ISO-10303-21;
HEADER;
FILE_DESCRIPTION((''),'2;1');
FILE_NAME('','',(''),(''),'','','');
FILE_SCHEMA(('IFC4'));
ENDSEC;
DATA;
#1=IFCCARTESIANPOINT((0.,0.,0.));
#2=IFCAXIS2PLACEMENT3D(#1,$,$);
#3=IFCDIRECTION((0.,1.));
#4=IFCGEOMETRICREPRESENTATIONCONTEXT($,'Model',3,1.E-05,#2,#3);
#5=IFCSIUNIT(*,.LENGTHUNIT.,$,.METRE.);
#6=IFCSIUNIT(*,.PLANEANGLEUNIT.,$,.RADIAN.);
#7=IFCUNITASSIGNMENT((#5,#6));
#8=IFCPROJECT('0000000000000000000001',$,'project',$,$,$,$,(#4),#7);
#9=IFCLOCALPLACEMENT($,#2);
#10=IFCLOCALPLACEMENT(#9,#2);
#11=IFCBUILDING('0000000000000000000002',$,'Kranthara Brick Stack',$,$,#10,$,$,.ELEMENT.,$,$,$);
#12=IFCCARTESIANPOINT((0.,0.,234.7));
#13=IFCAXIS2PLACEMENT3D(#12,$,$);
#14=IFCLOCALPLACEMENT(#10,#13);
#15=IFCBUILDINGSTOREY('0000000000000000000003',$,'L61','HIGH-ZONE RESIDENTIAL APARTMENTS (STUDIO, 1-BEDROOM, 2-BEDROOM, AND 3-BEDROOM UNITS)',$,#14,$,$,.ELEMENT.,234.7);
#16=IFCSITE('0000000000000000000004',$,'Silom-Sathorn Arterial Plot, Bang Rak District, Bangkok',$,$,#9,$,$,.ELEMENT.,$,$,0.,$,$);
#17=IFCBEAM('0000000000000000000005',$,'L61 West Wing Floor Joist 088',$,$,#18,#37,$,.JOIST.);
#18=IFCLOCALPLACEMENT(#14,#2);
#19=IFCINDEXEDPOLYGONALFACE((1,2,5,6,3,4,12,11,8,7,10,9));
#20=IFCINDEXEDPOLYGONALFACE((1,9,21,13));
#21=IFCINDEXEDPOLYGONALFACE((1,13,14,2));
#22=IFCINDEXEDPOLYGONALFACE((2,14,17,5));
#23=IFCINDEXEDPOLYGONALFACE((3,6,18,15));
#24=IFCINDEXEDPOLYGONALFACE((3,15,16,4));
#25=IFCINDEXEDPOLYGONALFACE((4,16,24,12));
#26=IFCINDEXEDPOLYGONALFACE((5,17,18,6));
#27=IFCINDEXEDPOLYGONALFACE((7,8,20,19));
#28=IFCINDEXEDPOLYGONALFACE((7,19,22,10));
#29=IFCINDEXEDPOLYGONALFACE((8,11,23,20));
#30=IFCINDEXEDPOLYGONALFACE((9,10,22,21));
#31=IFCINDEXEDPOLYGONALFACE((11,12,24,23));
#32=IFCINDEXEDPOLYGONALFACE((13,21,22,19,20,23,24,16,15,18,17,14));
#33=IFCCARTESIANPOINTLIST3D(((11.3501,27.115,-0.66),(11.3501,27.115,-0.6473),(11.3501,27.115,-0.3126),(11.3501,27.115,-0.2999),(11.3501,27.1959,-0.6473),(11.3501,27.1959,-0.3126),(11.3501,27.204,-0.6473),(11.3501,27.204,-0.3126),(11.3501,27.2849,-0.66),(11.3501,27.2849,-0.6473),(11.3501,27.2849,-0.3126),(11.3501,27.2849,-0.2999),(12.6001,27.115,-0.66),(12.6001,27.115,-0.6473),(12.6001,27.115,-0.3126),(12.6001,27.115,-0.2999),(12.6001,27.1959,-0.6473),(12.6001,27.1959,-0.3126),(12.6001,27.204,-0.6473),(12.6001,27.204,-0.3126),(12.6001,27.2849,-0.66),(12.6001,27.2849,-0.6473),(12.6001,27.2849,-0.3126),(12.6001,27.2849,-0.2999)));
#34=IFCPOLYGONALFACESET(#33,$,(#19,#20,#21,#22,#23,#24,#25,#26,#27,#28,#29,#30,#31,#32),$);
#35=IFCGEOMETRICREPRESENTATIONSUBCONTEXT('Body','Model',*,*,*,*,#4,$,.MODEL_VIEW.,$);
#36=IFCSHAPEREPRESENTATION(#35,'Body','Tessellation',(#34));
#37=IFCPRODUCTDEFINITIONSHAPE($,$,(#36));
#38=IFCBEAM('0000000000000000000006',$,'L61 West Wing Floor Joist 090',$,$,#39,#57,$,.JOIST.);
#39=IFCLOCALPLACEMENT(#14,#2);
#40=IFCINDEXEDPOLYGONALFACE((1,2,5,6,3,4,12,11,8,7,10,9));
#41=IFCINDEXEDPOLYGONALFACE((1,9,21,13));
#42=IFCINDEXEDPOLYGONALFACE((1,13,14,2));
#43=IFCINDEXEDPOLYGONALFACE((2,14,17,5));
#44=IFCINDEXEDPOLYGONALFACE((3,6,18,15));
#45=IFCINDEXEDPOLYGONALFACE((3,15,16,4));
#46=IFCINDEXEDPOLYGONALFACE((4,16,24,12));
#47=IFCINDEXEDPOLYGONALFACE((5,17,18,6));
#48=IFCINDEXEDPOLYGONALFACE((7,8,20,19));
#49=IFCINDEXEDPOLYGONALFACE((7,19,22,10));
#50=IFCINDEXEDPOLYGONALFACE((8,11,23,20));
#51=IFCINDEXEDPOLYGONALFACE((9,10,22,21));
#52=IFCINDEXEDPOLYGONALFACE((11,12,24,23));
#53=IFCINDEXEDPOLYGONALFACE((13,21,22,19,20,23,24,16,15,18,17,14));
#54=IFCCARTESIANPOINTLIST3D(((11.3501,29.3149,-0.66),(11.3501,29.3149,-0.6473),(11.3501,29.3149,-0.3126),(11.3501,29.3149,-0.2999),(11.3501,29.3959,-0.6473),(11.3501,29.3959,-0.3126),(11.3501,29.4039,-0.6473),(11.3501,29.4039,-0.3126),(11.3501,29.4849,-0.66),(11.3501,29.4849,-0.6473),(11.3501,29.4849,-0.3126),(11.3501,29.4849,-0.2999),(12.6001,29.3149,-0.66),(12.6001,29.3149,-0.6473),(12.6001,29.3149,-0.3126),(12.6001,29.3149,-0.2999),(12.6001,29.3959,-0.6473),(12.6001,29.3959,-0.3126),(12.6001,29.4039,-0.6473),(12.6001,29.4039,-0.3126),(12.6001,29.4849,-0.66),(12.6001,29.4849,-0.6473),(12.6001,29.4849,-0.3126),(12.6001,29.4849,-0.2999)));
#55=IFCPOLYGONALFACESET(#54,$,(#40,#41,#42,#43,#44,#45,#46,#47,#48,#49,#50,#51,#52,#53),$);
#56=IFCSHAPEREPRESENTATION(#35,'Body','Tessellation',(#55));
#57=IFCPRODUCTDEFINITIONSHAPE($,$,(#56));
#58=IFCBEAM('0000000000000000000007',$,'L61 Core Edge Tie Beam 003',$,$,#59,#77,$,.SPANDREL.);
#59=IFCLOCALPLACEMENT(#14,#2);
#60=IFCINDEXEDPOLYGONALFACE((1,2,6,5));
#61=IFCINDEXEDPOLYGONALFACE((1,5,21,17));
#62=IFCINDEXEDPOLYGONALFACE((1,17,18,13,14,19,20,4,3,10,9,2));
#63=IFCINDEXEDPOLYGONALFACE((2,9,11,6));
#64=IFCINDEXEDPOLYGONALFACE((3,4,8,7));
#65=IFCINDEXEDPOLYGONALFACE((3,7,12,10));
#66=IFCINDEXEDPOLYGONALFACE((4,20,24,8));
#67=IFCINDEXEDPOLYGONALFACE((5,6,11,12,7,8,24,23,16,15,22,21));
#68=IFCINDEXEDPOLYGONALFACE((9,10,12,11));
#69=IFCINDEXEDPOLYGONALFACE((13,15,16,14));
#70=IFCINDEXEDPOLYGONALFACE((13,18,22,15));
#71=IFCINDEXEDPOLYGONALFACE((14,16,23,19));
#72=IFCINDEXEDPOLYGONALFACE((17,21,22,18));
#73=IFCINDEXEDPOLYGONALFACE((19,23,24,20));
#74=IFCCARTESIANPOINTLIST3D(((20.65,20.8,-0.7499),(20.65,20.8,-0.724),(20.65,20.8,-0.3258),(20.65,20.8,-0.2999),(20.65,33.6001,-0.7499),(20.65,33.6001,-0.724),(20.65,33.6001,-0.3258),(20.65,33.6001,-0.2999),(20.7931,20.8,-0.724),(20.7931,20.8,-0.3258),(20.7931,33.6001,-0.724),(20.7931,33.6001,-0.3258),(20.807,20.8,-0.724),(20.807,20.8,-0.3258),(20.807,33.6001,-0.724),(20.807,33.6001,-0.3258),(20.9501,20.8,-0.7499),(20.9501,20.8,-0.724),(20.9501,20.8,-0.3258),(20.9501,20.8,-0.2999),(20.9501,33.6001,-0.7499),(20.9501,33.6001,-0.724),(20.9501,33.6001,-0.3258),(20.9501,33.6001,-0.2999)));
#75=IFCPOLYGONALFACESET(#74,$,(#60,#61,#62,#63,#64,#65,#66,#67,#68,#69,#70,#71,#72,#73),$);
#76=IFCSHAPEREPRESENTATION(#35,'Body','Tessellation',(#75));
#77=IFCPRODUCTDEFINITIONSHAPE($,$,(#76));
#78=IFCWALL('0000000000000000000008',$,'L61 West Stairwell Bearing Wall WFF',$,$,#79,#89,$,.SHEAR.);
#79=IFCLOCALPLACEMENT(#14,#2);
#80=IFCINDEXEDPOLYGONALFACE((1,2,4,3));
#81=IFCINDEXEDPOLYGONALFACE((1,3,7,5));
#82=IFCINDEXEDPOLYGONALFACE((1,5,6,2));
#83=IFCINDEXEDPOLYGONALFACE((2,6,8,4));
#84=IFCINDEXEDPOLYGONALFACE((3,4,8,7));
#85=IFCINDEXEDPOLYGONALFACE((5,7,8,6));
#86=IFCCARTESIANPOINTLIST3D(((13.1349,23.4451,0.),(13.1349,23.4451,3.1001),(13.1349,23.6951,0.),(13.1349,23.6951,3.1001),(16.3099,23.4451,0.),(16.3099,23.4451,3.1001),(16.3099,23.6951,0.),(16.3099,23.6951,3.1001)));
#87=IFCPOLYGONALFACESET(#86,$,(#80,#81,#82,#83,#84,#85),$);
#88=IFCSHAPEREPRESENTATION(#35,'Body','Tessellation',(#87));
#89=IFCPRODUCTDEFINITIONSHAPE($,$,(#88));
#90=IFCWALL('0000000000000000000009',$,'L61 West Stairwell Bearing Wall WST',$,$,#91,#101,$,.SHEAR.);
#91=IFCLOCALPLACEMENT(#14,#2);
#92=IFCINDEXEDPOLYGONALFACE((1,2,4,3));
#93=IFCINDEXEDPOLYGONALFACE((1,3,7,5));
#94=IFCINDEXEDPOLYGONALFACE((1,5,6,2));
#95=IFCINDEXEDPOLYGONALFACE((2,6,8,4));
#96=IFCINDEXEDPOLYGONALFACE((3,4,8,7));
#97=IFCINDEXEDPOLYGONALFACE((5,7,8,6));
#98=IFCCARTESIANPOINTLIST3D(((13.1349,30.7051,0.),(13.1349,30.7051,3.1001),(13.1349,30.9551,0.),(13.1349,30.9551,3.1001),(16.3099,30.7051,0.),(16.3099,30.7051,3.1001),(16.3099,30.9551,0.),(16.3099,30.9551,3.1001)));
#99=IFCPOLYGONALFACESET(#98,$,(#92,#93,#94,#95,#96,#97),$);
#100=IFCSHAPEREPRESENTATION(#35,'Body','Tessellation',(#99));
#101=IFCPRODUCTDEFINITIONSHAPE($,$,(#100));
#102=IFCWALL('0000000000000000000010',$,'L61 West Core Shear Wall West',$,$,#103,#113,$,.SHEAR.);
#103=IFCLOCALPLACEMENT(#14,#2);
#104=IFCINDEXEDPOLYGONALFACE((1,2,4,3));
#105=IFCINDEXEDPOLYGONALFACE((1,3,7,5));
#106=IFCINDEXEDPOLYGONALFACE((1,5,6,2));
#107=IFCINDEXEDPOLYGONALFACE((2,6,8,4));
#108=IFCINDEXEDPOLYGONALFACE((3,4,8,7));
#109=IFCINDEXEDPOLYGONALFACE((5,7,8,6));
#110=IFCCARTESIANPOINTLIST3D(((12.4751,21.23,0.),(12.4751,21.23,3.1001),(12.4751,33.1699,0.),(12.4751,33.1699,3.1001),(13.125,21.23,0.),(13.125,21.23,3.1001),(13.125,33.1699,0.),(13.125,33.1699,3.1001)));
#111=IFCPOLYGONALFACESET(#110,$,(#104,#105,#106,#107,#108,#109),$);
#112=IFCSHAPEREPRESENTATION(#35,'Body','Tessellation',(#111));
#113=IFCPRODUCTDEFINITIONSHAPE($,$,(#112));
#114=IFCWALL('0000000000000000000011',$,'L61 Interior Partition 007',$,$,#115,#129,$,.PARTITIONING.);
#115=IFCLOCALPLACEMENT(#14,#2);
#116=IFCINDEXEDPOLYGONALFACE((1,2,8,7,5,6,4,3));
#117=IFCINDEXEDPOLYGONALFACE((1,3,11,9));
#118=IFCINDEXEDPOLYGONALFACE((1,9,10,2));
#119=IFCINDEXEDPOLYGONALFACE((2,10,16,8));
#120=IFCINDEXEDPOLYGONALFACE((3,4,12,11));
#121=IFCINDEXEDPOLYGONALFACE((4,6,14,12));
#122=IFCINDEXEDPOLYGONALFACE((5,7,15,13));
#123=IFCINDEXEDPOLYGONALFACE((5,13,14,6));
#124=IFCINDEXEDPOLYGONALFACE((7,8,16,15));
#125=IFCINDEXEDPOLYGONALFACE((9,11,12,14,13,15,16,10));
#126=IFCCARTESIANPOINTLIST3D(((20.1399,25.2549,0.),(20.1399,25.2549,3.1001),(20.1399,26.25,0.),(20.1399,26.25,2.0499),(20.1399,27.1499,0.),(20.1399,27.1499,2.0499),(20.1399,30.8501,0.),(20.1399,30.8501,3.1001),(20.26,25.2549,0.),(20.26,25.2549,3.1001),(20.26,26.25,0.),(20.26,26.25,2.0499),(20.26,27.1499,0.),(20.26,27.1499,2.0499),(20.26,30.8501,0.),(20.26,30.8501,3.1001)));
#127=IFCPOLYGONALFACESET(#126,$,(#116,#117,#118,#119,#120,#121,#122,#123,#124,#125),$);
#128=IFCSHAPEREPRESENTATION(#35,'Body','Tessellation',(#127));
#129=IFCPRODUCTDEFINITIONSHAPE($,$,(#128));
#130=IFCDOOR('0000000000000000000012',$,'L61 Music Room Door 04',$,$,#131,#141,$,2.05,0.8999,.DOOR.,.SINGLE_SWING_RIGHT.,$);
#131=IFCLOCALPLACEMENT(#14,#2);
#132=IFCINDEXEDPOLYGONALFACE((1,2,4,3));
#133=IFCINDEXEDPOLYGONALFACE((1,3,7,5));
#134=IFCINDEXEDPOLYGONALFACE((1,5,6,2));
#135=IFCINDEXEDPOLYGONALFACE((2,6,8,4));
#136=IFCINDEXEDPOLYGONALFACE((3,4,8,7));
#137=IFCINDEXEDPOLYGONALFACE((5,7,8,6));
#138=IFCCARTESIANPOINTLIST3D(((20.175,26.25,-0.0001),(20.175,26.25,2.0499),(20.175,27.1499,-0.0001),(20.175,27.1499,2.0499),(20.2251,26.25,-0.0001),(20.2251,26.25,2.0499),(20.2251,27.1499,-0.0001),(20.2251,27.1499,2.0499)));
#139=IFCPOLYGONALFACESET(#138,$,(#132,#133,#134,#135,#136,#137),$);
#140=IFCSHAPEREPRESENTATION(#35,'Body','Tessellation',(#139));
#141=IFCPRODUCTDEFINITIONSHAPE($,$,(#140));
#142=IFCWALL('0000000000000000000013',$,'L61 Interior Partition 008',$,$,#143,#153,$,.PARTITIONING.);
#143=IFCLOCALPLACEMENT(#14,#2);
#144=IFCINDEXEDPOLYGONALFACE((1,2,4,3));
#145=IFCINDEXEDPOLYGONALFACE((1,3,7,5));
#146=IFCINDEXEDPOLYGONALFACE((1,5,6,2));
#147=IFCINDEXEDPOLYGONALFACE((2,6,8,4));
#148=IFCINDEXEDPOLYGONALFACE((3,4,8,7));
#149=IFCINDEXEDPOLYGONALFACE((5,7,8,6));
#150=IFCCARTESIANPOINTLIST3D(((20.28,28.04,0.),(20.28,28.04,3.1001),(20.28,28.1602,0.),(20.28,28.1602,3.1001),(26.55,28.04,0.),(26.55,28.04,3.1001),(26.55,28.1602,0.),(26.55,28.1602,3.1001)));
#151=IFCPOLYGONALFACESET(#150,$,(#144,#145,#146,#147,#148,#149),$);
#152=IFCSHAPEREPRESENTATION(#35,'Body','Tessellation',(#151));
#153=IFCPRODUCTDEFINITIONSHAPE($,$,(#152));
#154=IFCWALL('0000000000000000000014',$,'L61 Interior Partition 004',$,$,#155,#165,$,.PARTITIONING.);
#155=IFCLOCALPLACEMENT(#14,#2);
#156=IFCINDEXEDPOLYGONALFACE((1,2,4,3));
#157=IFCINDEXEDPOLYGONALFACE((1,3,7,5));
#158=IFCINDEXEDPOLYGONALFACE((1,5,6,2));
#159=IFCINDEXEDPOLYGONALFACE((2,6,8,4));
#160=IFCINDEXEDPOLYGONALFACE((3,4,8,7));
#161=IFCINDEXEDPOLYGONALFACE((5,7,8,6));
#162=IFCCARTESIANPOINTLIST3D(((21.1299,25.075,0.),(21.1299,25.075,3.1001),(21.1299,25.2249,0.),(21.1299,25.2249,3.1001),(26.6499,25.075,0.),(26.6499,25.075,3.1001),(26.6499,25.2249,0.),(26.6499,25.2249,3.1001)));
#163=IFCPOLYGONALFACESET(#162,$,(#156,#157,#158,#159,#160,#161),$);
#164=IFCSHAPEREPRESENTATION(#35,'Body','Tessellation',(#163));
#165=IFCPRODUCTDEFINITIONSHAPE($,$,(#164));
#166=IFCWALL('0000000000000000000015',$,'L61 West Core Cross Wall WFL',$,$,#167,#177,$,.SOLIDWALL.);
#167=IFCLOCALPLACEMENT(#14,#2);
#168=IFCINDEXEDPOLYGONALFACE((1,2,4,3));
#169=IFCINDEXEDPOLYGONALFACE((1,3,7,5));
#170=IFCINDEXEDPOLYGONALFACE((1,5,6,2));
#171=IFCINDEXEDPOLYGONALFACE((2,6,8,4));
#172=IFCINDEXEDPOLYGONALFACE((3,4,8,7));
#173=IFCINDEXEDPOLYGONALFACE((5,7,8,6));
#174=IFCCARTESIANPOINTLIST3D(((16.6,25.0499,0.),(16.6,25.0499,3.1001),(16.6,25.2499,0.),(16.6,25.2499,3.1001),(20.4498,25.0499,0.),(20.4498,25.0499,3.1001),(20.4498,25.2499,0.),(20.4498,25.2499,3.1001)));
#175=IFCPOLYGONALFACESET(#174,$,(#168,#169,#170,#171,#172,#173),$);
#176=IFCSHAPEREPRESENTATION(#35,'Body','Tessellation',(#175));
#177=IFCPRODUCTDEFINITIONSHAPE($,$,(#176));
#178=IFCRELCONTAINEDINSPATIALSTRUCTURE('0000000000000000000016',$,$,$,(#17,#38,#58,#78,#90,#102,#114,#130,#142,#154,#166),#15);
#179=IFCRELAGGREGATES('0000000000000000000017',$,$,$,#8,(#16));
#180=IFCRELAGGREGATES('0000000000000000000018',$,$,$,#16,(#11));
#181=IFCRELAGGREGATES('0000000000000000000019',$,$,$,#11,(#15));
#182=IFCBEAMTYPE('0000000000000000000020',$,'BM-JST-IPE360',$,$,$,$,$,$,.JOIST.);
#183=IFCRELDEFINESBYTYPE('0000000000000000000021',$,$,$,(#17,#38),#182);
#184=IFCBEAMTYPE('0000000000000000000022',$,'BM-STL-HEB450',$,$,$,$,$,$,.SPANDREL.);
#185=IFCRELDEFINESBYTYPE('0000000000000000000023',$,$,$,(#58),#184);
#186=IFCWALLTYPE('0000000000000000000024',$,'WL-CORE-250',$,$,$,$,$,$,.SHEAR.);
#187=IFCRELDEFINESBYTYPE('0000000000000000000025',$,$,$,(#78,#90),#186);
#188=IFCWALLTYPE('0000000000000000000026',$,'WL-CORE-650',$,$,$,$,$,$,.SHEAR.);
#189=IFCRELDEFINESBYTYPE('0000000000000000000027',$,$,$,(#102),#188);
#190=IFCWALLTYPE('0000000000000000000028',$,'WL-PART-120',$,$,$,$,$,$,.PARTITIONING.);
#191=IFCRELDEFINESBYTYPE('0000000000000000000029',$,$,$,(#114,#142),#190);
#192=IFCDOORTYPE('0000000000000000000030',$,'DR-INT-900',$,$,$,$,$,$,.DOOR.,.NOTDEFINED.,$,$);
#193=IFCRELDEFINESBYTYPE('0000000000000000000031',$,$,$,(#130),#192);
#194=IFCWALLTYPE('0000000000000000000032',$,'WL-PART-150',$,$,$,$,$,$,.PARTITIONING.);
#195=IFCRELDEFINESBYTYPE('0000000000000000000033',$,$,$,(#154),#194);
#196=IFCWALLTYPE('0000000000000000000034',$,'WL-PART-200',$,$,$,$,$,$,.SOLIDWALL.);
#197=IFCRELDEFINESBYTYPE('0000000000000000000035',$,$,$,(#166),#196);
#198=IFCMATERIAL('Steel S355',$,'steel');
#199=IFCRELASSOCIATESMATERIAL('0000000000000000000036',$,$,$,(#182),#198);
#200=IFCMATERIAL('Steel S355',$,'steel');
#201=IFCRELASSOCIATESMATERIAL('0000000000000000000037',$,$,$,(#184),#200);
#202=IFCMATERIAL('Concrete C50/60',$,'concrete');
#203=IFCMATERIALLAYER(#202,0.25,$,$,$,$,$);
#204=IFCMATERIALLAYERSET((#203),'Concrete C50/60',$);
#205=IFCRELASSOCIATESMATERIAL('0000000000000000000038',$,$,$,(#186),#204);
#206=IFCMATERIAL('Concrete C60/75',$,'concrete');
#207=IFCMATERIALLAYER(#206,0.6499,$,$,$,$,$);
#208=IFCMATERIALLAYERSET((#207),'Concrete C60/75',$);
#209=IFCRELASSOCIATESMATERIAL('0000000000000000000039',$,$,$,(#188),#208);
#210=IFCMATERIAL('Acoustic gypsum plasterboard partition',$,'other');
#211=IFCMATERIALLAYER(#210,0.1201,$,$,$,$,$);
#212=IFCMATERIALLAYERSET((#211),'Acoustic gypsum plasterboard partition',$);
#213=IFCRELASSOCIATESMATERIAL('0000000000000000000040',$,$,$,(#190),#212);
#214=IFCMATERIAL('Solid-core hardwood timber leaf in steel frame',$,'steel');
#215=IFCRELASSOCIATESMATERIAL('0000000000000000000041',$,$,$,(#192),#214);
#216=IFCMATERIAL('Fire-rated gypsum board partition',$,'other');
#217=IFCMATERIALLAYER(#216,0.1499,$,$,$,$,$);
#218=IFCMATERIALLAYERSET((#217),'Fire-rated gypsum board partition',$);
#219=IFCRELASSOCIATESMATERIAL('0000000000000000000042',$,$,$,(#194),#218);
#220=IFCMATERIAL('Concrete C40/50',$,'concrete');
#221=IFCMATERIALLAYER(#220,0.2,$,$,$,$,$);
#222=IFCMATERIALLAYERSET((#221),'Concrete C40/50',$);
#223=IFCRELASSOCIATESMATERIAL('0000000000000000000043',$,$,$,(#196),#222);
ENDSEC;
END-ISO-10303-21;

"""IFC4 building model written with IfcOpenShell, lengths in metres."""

from ifc_helpers import new_model, si_unit, direction, frame, frame_2d, origin, origin_2d, place, context, subcontext, project, spatial, rectangle, i_section, extrude, material, layer, layer_set, material_profile, profile_set, type_object, element, fill, save


model = new_model("IFC4")

# Units and contexts
model_context = context("Model", 3, precision=1e-05, world=origin(), true_north=direction((0.0, 1.0)))
body_context = subcontext(model_context, "Body", "Model", "MODEL_VIEW")
ifc_project = project(units=[si_unit("LENGTHUNIT", "METRE"), si_unit("PLANEANGLEUNIT", "RADIAN")], contexts=[model_context])

# Site, building, storey
site_placement = place(None, origin())
site = spatial("IfcSite", under=ifc_project, at=site_placement, Name="Silom-Sathorn Arterial Plot, Bang Rak District, Bangkok", CompositionType="ELEMENT", RefElevation=0.0)
building_placement = place(site_placement, origin())
building = spatial("IfcBuilding", under=site, at=building_placement, Name="Kranthara Brick Stack", CompositionType="ELEMENT")
storey_placement = place(building_placement, frame((0.0, 0.0, 234.7)))
storey = spatial("IfcBuildingStorey", under=building, at=storey_placement, Name="L61", Description="HIGH-ZONE RESIDENTIAL APARTMENTS (STUDIO, 1-BEDROOM, 2-BEDROOM, AND 3-BEDROOM UNITS)", CompositionType="ELEMENT", Elevation=234.7)

# Beams
ifc_material_1 = material(Name="Steel S355", Category="steel")
ifc_material_profile_1 = material_profile(ifc_material_1, i_section(OverallWidth=0.1699, OverallDepth=0.3601, WebThickness=0.0081, FlangeThickness=0.0127, at=origin_2d()), Name="IPE 360")
ifc_profile_set_1 = profile_set([ifc_material_profile_1], Name="Steel S355")
beam_type_1 = type_object("IfcBeamType", Name="BM-JST-IPE360", PredefinedType="JOIST", material=ifc_profile_set_1)
for number, where, z_axis, x_axis, name in (
    (1, (11.3501, 27.2, -0.48), (1.0, 0.0, 0.0), (0.0, 1.0, 0.0), "L61 West Wing Floor Joist 088"),
    (2, (11.3501, 29.3999, -0.48), (1.0, 0.0, 0.0), (0.0, 1.0, 0.0), "L61 West Wing Floor Joist 090"),
):
    element("IfcBeam", number, at=place(storey_placement, frame(where, z_axis=z_axis, x_axis=x_axis)), inside=storey, type_object=beam_type_1, Name=name, PredefinedType="JOIST", context=body_context, shape_type="SweptSolid", body=[
        extrude(i_section(OverallWidth=0.1699, OverallDepth=0.3601, WebThickness=0.0081, FlangeThickness=0.0127, at=origin_2d()), origin(), (0.0, 0.0, 1.0), 1.25),
    ])
ifc_material_2 = material(Name="Steel S355", Category="steel")
ifc_material_profile_2 = material_profile(ifc_material_2, i_section(OverallWidth=0.3, OverallDepth=0.45, WebThickness=0.0139, FlangeThickness=0.0259, at=origin_2d()), Name="HEB 450")
ifc_profile_set_2 = profile_set([ifc_material_profile_2], Name="Steel S355")
beam_type_2 = type_object("IfcBeamType", Name="BM-STL-HEB450", PredefinedType="SPANDREL", material=ifc_profile_set_2)
beam_1_placement = place(storey_placement, frame((20.8, 20.8, -0.5249), z_axis=(0.0, 1.0, 0.0), x_axis=(-1.0, 0.0, 0.0)))
element("IfcBeam", 3, at=beam_1_placement, inside=storey, type_object=beam_type_2, Name="L61 Core Edge Tie Beam 003", PredefinedType="SPANDREL", context=body_context, shape_type="SweptSolid", body=[
    extrude(i_section(OverallWidth=0.3, OverallDepth=0.45, WebThickness=0.0139, FlangeThickness=0.0259, at=origin_2d()), origin(), (0.0, 0.0, 1.0), 12.8),
])

# Shared definitions
ifc_material_3 = material(Name="Concrete C50/60", Category="concrete")
ifc_layer_1 = layer(ifc_material_3, 0.25)
ifc_layer_set_1 = layer_set([ifc_layer_1], Name="Concrete C50/60")
wall_type_1 = type_object("IfcWallType", Name="WL-CORE-250", PredefinedType="SHEAR", material=ifc_layer_set_1)

# Walls
for number, where, z_axis, x_axis, name in (
    (4, (13.135, 23.5701, 0.0), (0.0, 0.0, 1.0), (1.0, 0.0, 0.0), "L61 West Stairwell Bearing Wall WFF"),
    (5, (13.135, 30.8301, 0.0), (0.0, 0.0, 1.0), (1.0, 0.0, 0.0), "L61 West Stairwell Bearing Wall WST"),
):
    element("IfcWall", number, at=place(storey_placement, frame(where, z_axis=z_axis, x_axis=x_axis)), inside=storey, type_object=wall_type_1, Name=name, PredefinedType="SHEAR", context=body_context, shape_type="SweptSolid", body=[
        extrude(rectangle(XDim=3.175, YDim=0.25, at=frame_2d((1.5874, 0.0))), origin(), (0.0, 0.0, 1.0), 3.1001),
    ])
ifc_material_4 = material(Name="Concrete C60/75", Category="concrete")
ifc_layer_2 = layer(ifc_material_4, 0.6499)
ifc_layer_set_2 = layer_set([ifc_layer_2], Name="Concrete C60/75")
wall_type_2 = type_object("IfcWallType", Name="WL-CORE-650", PredefinedType="SHEAR", material=ifc_layer_set_2)
wall_1_placement = place(storey_placement, frame((12.8, 21.23, 0.0), z_axis=(0.0, 0.0, 1.0), x_axis=(0.0, 1.0, 0.0)))
element("IfcWall", 6, at=wall_1_placement, inside=storey, type_object=wall_type_2, Name="L61 West Core Shear Wall West", PredefinedType="SHEAR", context=body_context, shape_type="SweptSolid", body=[
    extrude(rectangle(XDim=11.9399, YDim=0.6499, at=frame_2d((5.97, 0.0))), origin(), (0.0, 0.0, 1.0), 3.1001),
])

# Wall, opening, door
ifc_material_5 = material(Name="Acoustic gypsum plasterboard partition", Category="other")
ifc_layer_3 = layer(ifc_material_5, 0.1201)
ifc_layer_set_3 = layer_set([ifc_layer_3], Name="Acoustic gypsum plasterboard partition")
wall_type_3 = type_object("IfcWallType", Name="WL-PART-120", PredefinedType="PARTITIONING", material=ifc_layer_set_3)
wall_2_placement = place(storey_placement, frame((20.2, 25.2549, 0.0), z_axis=(0.0, 0.0, 1.0), x_axis=(0.0, 1.0, 0.0)))
wall_2 = element("IfcWall", 7, at=wall_2_placement, inside=storey, type_object=wall_type_3, Name="L61 Interior Partition 007", PredefinedType="PARTITIONING", context=body_context, shape_type="SweptSolid", body=[
    extrude(rectangle(XDim=5.5952, YDim=0.1201, at=frame_2d((2.7976, 0.0))), origin(), (0.0, 0.0, 1.0), 3.1001),
])
opening_1_placement = place(wall_2_placement, frame((0.9951, 0.0, 0.0)))
opening_1 = element("IfcOpeningElement", 8, at=opening_1_placement, cuts=wall_2, PredefinedType="OPENING", context=body_context, shape_type="SweptSolid", body=[
    extrude(rectangle(XDim=0.8999, YDim=2.05, at=frame_2d((0.45, 1.0249))), frame((0.0, 0.0701, 0.0), z_axis=(0.0, -1.0, 0.0), x_axis=(1.0, 0.0, 0.0)), (0.0, 0.0, 1.0), 0.1401),
])
ifc_material_6 = material(Name="Solid-core hardwood timber leaf in steel frame", Category="steel")
door_type_1 = type_object("IfcDoorType", Name="DR-INT-900", OperationType="NOTDEFINED", PredefinedType="DOOR", material=ifc_material_6)
door_1_placement = place(opening_1_placement, origin())
door_1 = element("IfcDoor", 9, at=door_1_placement, inside=storey, type_object=door_type_1, Name="L61 Music Room Door 04", OperationType="SINGLE_SWING_RIGHT", OverallHeight=2.05, OverallWidth=0.8999, PredefinedType="DOOR", context=body_context, shape_type="SweptSolid", body=[
    extrude(rectangle(XDim=0.8999, YDim=2.05, at=frame_2d((0.45, 1.0249))), frame((0.0, 0.0249, 0.0), z_axis=(0.0, -1.0, 0.0), x_axis=(1.0, 0.0, 0.0)), (0.0, 0.0, 1.0), 0.05),
])
fill(opening_1, door_1)

# Walls
wall_3_placement = place(storey_placement, frame((20.28, 28.1001, 0.0), z_axis=(0.0, 0.0, 1.0), x_axis=(1.0, 0.0, 0.0)))
element("IfcWall", 10, at=wall_3_placement, inside=storey, type_object=wall_type_3, Name="L61 Interior Partition 008", PredefinedType="PARTITIONING", context=body_context, shape_type="SweptSolid", body=[
    extrude(rectangle(XDim=6.27, YDim=0.1201, at=frame_2d((3.135, 0.0))), origin(), (0.0, 0.0, 1.0), 3.1001),
])
ifc_material_7 = material(Name="Fire-rated gypsum board partition", Category="other")
ifc_layer_4 = layer(ifc_material_7, 0.1499)
ifc_layer_set_4 = layer_set([ifc_layer_4], Name="Fire-rated gypsum board partition")
wall_type_4 = type_object("IfcWallType", Name="WL-PART-150", PredefinedType="PARTITIONING", material=ifc_layer_set_4)
wall_4_placement = place(storey_placement, frame((21.1299, 25.1499, 0.0), z_axis=(0.0, 0.0, 1.0), x_axis=(1.0, 0.0, 0.0)))
element("IfcWall", 11, at=wall_4_placement, inside=storey, type_object=wall_type_4, Name="L61 Interior Partition 004", PredefinedType="PARTITIONING", context=body_context, shape_type="SweptSolid", body=[
    extrude(rectangle(XDim=5.52, YDim=0.1499, at=frame_2d((2.76, 0.0))), origin(), (0.0, 0.0, 1.0), 3.1001),
])
ifc_material_8 = material(Name="Concrete C40/50", Category="concrete")
ifc_layer_5 = layer(ifc_material_8, 0.2)
ifc_layer_set_5 = layer_set([ifc_layer_5], Name="Concrete C40/50")
wall_type_5 = type_object("IfcWallType", Name="WL-PART-200", PredefinedType="SOLIDWALL", material=ifc_layer_set_5)
for number, where, z_axis, x_axis, name in (
    (12, (16.6001, 25.1499, 0.0), (0.0, 0.0, 1.0), (1.0, 0.0, 0.0), "L61 West Core Cross Wall WFL"),
):
    element("IfcWall", number, at=place(storey_placement, frame(where, z_axis=z_axis, x_axis=x_axis)), inside=storey, type_object=wall_type_5, Name=name, PredefinedType="SOLIDWALL", context=body_context, shape_type="SweptSolid", body=[
        extrude(rectangle(XDim=3.8499, YDim=0.2, at=frame_2d((1.9248, 0.0))), origin(), (0.0, 0.0, 1.0), 3.1001),
    ])

save(model, "model.ifc")
